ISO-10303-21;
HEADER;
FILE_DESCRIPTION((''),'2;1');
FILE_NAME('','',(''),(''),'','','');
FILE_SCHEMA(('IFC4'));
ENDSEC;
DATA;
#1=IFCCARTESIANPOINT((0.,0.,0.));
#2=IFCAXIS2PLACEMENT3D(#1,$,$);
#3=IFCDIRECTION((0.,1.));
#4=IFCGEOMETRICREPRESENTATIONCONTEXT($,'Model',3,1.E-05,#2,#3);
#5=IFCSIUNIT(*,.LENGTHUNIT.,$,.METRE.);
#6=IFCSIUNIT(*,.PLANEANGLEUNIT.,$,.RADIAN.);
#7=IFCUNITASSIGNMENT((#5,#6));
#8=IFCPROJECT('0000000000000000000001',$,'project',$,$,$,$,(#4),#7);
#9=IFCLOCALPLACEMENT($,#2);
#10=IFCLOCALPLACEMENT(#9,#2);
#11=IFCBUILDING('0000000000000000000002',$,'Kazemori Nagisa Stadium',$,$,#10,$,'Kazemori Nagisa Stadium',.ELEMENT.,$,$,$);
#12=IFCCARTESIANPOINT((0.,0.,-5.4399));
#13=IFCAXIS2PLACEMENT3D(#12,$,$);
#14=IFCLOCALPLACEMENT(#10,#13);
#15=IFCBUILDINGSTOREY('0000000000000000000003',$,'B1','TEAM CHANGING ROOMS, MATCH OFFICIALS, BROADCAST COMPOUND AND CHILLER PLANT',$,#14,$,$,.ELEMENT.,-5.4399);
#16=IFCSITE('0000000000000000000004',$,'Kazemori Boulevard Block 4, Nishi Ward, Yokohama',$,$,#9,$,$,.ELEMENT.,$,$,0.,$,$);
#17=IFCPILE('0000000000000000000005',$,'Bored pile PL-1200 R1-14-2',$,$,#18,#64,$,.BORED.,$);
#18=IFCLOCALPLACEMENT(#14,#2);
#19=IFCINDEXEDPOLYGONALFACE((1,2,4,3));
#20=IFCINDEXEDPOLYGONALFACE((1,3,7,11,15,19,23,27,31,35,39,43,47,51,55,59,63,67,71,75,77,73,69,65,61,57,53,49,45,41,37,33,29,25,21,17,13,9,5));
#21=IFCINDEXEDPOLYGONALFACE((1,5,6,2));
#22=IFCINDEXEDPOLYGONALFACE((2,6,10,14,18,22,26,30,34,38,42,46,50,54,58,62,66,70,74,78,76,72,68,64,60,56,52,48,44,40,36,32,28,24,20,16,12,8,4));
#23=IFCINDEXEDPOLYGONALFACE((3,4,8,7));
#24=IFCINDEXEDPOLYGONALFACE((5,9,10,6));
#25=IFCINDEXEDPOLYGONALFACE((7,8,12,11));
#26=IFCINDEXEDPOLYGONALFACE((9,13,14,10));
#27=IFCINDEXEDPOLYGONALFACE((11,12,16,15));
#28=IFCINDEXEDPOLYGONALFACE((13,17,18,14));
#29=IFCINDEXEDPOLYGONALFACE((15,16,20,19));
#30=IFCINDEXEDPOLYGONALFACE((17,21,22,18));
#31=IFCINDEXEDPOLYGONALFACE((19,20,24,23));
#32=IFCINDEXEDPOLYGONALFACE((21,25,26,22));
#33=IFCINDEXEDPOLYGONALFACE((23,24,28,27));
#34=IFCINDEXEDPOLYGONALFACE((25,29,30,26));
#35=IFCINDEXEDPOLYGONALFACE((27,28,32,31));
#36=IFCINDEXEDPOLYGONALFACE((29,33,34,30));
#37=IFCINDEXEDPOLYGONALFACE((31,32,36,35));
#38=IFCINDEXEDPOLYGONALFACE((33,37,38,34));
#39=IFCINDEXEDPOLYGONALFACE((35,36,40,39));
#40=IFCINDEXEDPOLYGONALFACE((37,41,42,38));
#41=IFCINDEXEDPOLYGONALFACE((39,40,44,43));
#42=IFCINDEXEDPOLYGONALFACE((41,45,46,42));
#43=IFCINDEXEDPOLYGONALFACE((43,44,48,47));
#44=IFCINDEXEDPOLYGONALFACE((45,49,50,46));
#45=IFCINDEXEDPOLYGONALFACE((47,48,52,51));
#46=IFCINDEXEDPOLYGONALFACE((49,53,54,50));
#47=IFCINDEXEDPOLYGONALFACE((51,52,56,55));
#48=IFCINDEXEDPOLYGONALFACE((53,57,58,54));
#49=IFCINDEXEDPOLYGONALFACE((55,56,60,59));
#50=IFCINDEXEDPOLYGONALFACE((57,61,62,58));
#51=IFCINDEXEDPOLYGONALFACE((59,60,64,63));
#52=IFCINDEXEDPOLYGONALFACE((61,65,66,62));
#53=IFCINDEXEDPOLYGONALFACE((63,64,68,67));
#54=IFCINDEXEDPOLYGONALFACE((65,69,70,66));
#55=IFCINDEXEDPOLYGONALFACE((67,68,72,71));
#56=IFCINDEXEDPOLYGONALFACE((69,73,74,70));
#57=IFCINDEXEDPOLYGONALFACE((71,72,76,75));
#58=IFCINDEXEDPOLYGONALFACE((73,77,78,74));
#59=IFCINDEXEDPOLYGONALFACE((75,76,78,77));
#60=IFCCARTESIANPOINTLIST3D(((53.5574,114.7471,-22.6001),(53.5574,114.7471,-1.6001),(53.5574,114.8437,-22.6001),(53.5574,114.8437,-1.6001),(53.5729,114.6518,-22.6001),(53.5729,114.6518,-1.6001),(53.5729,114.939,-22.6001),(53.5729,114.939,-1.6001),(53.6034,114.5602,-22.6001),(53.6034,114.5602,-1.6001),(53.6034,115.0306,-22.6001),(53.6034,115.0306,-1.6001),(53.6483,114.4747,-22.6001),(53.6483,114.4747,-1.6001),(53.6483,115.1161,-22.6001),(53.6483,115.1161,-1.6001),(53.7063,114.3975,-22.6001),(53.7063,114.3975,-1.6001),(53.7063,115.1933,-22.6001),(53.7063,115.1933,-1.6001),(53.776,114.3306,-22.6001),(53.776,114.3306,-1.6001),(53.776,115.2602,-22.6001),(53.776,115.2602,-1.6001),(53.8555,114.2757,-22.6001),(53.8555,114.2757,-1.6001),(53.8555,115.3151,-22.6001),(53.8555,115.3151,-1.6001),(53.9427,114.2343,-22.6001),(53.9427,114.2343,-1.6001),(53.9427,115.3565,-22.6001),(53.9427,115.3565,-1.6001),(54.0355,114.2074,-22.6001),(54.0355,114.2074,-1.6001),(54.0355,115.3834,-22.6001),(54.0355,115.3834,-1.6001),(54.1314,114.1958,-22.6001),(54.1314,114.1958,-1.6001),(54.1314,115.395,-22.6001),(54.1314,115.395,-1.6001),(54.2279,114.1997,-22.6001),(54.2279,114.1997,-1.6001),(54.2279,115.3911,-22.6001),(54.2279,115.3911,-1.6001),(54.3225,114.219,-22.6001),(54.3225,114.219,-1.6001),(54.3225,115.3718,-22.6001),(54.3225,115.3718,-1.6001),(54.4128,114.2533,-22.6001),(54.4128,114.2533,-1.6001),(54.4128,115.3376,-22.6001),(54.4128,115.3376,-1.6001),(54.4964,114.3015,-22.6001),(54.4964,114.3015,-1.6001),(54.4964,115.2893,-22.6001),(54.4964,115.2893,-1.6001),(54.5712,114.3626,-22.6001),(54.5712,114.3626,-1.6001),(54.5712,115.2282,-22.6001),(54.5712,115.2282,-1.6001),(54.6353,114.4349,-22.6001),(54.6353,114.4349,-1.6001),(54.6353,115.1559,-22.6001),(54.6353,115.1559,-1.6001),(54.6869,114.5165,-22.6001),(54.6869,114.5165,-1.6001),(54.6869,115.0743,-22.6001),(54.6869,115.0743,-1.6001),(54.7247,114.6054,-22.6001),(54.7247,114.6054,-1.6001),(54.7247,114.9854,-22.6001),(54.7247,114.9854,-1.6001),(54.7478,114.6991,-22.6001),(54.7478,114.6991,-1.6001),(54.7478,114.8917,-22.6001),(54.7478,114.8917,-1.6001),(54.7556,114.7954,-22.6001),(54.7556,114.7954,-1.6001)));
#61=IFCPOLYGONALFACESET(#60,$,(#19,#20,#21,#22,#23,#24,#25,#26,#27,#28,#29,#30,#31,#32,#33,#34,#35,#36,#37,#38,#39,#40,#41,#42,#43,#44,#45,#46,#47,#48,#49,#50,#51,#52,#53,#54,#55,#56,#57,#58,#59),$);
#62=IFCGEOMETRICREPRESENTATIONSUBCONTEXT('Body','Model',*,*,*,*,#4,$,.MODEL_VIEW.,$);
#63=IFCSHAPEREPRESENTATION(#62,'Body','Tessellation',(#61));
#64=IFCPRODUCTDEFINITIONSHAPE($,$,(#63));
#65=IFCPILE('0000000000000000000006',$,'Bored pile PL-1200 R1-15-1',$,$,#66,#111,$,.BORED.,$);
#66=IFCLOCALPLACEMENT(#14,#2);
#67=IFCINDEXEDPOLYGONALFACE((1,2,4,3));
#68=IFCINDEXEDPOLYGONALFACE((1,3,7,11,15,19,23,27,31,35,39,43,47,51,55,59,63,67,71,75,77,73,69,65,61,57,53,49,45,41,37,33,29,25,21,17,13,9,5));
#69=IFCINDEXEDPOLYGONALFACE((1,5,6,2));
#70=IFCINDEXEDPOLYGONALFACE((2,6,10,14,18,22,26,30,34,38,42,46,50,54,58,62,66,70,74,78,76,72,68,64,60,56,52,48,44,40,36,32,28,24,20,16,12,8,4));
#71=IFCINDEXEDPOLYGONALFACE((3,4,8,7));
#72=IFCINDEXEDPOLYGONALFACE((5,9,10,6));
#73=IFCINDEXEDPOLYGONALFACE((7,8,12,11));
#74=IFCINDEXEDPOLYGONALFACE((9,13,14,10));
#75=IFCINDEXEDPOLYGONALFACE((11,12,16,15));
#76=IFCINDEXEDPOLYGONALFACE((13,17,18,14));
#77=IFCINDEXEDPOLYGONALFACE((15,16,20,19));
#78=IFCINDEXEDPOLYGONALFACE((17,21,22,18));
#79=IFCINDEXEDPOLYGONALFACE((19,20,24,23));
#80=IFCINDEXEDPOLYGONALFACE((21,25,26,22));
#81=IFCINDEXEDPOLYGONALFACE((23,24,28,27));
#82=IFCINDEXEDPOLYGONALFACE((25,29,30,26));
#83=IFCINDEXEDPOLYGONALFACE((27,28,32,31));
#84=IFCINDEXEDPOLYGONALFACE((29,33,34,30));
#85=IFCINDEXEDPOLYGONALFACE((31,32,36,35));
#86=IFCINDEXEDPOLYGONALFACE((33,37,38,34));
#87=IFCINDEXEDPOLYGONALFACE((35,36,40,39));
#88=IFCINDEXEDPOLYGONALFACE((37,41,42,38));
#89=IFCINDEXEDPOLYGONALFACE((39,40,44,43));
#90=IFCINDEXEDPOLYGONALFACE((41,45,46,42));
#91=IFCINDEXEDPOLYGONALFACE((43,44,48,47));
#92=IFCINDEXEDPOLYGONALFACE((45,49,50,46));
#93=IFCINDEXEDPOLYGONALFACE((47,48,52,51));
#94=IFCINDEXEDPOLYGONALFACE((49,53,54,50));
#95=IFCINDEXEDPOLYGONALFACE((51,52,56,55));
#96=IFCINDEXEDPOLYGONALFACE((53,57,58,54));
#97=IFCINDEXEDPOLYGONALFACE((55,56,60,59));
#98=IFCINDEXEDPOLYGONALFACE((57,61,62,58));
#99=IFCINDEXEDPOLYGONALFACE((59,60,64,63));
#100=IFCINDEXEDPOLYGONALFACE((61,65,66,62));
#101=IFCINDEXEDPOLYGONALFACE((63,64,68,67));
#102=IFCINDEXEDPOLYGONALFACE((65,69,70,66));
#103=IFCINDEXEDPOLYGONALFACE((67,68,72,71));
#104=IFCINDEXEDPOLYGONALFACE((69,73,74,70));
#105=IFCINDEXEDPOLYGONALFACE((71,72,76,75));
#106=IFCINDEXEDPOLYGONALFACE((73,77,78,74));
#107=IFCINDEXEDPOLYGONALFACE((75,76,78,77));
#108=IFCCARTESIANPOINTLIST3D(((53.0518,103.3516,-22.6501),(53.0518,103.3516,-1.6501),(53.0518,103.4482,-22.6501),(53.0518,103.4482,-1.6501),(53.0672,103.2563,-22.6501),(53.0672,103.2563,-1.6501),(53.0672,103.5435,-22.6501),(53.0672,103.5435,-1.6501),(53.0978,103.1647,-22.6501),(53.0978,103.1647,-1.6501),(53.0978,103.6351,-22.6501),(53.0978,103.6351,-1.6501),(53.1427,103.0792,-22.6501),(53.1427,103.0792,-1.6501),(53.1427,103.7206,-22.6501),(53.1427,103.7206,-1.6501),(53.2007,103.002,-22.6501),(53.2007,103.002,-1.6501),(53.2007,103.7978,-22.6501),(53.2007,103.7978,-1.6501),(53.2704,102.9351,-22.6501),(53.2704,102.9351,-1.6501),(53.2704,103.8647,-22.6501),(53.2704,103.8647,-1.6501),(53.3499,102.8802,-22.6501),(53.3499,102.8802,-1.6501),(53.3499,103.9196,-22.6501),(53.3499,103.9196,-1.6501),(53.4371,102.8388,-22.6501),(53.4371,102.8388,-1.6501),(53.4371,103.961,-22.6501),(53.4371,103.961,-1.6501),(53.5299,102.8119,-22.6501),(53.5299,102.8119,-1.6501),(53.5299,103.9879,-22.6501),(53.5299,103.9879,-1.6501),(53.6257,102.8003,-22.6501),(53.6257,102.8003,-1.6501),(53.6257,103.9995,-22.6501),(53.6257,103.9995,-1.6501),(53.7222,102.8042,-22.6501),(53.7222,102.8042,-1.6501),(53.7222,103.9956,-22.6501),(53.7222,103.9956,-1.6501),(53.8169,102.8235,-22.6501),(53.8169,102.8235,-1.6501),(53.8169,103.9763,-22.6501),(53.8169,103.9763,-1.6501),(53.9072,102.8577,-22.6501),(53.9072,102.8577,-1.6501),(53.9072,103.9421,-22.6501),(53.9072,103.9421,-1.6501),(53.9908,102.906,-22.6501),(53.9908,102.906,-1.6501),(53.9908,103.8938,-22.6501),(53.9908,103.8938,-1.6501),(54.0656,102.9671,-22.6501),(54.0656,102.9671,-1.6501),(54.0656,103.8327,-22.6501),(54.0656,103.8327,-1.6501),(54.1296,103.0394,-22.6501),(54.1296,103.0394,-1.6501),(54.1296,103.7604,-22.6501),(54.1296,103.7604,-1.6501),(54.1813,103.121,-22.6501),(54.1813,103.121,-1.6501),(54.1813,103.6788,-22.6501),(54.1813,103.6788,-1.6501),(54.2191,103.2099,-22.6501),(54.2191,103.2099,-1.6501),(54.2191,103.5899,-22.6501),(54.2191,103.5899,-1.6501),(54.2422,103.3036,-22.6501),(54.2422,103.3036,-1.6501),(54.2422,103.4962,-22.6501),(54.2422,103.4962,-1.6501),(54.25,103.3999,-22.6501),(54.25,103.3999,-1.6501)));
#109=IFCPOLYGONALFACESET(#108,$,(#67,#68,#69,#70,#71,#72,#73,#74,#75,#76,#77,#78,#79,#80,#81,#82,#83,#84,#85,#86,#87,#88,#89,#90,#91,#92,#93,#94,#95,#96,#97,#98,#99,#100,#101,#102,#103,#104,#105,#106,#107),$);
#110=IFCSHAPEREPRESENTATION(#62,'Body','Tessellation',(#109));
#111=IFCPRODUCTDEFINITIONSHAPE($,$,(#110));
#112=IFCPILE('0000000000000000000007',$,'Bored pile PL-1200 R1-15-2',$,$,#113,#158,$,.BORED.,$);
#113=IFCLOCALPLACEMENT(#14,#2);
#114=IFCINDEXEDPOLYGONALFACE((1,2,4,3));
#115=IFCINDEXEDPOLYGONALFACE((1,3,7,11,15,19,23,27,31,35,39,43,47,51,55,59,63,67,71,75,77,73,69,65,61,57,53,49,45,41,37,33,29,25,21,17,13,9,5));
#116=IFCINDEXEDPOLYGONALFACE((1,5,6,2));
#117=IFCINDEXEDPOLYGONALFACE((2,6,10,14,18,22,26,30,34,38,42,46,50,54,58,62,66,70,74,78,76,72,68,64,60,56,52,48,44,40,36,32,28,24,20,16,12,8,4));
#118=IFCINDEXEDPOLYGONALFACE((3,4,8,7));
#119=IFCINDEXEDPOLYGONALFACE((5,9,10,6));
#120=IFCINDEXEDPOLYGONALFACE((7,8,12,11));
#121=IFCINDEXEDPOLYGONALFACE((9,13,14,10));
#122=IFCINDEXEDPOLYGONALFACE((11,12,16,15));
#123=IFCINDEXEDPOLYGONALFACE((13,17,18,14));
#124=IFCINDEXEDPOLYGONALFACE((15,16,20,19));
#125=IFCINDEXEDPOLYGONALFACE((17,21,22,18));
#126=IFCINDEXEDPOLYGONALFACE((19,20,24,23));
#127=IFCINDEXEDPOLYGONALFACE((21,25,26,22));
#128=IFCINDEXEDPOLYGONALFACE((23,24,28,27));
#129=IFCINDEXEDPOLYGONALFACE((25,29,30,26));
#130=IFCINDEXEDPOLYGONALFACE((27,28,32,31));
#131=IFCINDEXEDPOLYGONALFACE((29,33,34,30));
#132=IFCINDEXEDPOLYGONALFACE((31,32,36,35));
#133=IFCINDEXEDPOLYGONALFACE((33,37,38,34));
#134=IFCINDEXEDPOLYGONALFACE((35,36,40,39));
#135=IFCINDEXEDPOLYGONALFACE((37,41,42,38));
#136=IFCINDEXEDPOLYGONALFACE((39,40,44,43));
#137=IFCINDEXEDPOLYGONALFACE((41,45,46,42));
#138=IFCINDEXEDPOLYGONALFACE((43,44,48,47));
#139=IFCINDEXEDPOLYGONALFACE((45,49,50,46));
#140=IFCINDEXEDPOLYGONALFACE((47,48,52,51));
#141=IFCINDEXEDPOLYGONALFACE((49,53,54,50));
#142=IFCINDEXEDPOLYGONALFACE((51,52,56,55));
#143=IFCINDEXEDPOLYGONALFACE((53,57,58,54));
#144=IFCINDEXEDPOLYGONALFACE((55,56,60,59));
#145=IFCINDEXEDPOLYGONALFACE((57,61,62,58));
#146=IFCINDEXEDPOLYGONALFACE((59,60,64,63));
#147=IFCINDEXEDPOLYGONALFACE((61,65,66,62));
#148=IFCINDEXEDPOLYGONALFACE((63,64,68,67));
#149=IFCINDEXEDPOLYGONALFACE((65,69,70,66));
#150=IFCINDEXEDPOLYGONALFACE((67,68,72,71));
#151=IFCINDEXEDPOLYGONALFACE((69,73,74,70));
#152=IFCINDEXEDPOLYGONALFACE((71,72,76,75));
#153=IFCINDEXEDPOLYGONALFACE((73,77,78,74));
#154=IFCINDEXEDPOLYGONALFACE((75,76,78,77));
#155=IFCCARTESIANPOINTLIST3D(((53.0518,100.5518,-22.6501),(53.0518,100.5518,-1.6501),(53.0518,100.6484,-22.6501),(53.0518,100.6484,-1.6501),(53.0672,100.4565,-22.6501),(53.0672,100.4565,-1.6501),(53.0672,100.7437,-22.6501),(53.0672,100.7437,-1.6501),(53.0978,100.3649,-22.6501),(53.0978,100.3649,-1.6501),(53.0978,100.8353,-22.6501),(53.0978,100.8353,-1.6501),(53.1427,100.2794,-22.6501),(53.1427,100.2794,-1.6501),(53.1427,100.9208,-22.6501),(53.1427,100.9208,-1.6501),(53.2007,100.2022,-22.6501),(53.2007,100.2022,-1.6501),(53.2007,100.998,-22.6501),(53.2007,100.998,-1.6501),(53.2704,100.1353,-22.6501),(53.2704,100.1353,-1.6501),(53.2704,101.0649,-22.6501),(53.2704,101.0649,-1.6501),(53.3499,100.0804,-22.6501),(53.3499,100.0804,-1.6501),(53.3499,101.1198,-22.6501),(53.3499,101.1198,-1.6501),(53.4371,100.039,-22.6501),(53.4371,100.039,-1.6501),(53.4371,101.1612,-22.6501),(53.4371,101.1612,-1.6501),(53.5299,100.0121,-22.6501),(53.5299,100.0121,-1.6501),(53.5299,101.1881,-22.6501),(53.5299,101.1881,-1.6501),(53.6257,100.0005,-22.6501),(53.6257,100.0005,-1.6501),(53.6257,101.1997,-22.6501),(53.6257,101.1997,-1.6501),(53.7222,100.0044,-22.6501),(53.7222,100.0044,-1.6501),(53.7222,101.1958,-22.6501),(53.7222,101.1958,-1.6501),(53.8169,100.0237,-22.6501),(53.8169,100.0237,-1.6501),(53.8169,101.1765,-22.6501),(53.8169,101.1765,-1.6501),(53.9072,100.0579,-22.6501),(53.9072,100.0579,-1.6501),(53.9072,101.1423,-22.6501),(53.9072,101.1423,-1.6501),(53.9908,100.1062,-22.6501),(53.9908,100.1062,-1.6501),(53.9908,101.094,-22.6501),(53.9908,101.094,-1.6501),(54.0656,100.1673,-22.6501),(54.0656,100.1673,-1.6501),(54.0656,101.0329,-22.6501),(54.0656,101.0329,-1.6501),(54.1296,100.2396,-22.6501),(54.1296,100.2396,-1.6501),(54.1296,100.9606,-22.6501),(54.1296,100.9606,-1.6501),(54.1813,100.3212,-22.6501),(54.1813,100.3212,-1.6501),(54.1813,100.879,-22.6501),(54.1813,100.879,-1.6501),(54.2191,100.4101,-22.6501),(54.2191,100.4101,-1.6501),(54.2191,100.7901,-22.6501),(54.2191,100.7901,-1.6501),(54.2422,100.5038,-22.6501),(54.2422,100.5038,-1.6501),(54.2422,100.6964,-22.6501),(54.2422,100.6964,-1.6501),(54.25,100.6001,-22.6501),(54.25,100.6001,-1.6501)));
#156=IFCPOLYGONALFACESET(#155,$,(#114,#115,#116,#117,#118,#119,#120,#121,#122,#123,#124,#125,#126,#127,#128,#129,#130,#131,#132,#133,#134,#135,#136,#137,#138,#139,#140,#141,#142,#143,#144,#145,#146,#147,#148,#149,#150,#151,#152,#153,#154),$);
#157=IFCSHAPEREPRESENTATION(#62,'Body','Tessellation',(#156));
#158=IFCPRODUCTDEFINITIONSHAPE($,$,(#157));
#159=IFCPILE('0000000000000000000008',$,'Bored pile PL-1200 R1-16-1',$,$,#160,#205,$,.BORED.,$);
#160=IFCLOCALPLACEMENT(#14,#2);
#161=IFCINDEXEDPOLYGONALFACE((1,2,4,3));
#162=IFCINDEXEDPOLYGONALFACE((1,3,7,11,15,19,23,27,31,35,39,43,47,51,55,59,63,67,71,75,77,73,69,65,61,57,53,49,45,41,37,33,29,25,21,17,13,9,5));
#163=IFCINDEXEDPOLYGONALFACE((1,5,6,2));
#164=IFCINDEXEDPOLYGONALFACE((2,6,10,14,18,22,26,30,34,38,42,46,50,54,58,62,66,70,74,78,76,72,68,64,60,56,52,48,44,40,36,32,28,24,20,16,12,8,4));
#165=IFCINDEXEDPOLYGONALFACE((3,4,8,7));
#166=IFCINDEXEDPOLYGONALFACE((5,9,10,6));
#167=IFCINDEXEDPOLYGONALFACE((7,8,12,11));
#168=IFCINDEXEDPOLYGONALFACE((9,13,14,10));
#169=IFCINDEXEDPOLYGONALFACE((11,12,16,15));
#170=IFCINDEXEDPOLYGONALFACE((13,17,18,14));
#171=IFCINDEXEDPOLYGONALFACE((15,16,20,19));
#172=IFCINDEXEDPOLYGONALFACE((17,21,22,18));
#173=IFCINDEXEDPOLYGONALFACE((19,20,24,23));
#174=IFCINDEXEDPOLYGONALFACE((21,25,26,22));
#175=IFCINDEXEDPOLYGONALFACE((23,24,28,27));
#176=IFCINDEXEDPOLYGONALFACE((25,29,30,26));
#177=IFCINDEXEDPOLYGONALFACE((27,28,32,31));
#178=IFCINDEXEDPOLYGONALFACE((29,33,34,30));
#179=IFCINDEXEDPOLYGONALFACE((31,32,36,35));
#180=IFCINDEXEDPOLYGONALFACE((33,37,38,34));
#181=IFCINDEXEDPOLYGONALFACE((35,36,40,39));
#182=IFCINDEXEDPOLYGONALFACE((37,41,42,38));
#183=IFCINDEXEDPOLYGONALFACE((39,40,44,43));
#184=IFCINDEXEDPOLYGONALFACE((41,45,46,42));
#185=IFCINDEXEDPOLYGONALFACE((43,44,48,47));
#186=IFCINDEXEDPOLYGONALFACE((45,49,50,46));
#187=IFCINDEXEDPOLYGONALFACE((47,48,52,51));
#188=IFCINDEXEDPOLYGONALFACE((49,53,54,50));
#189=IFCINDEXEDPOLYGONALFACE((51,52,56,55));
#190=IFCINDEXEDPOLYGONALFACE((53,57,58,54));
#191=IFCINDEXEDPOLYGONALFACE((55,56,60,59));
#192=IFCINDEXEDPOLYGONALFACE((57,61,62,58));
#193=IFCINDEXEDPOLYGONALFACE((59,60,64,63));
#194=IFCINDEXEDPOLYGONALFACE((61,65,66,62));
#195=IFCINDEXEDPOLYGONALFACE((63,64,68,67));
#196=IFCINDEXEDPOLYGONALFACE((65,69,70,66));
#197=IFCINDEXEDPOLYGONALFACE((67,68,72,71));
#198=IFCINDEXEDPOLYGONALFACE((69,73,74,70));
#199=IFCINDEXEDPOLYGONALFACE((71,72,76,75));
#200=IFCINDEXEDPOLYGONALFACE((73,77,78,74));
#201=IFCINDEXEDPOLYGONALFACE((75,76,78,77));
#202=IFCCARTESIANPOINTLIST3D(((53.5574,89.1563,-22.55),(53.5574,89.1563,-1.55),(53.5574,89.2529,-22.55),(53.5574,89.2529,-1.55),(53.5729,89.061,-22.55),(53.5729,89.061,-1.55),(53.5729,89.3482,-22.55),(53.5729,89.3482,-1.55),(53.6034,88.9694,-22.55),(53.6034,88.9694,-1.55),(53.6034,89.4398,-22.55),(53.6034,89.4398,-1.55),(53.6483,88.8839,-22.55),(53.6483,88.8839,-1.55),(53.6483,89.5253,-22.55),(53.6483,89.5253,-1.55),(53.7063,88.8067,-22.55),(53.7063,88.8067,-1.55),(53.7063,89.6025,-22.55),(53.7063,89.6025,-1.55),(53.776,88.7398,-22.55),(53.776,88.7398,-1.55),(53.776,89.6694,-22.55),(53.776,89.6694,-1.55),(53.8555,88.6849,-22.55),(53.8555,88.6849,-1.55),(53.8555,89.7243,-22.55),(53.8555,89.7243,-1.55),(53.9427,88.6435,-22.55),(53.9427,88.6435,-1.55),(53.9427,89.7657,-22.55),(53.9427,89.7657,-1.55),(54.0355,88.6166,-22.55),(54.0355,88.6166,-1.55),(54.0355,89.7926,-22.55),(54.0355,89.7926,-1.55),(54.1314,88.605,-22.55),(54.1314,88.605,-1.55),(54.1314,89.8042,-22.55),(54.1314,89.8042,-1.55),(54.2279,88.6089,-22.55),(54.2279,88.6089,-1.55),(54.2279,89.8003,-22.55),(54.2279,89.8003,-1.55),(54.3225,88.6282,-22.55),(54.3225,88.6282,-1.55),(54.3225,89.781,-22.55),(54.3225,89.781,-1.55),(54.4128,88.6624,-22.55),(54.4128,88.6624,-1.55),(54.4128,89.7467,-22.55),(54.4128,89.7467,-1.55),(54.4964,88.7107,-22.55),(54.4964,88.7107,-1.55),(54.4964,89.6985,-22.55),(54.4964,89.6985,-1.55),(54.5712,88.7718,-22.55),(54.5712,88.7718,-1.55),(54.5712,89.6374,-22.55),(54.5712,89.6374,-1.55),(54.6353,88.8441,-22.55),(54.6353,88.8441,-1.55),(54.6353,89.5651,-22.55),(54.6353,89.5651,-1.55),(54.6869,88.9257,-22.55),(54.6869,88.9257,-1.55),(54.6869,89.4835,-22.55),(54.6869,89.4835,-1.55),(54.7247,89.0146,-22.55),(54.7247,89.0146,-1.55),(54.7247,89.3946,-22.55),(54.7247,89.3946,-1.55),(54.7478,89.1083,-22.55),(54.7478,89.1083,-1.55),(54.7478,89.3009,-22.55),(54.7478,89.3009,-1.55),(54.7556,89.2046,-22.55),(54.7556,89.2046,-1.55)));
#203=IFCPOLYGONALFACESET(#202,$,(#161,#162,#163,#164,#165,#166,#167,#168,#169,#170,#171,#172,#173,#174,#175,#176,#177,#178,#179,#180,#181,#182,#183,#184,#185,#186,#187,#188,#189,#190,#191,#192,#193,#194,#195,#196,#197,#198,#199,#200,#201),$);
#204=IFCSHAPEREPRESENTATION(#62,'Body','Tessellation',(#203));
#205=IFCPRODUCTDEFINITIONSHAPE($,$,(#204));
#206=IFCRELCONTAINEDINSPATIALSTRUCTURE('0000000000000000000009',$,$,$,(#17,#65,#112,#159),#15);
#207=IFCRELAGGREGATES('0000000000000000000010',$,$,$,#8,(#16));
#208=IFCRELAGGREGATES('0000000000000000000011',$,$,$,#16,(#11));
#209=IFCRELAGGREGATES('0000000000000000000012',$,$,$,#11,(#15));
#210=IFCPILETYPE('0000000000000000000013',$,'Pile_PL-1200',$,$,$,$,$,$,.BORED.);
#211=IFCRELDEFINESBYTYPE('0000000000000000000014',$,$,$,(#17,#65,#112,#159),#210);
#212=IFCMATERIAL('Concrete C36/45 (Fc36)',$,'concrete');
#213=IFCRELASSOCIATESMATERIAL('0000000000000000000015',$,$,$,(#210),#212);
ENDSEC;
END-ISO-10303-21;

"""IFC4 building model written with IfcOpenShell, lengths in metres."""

from ifc_helpers import new_model, si_unit, direction, frame, origin, origin_2d, place, context, subcontext, project, spatial, circle, extrude, material, material_profile, profile_set, type_object, element, save


model = new_model("IFC4")

# Units and contexts
model_context = context("Model", 3, precision=1e-05, world=origin(), true_north=direction((0.0, 1.0)))
body_context = subcontext(model_context, "Body", "Model", "MODEL_VIEW")
ifc_project = project(units=[si_unit("LENGTHUNIT", "METRE"), si_unit("PLANEANGLEUNIT", "RADIAN")], contexts=[model_context])

# Site, building, storey
site_placement = place(None, origin())
site = spatial("IfcSite", under=ifc_project, at=site_placement, Name="Kazemori Boulevard Block 4, Nishi Ward, Yokohama", CompositionType="ELEMENT", RefElevation=0.0)
building_placement = place(site_placement, origin())
building = spatial("IfcBuilding", under=site, at=building_placement, Name="Kazemori Nagisa Stadium", LongName="Kazemori Nagisa Stadium", CompositionType="ELEMENT")
storey_placement = place(building_placement, frame((0.0, 0.0, -5.4399)))
storey = spatial("IfcBuildingStorey", under=building, at=storey_placement, Name="B1", Description="TEAM CHANGING ROOMS, MATCH OFFICIALS, BROADCAST COMPOUND AND CHILLER PLANT", CompositionType="ELEMENT", Elevation=-5.4399)

# Piles
ifc_material_1 = material(Name="Concrete C36/45 (Fc36)", Category="concrete")
ifc_material_profile_1 = material_profile(ifc_material_1, circle(Radius=0.6001, at=origin_2d()), Name="PILE-D1200")
ifc_profile_set_1 = profile_set([ifc_material_profile_1], Name="Concrete C36/45 (Fc36)")
pile_type = type_object("IfcPileType", Name="Pile_PL-1200", PredefinedType="BORED", material=ifc_profile_set_1)
for number, where, z_axis, x_axis, name in (
    (1, (54.1555, 114.7954, -1.6001), (0.0, 0.0, -1.0), (1.0, 0.0, 0.0), "Bored pile PL-1200 R1-14-2"),
    (2, (53.6499, 103.3999, -1.6501), (0.0, 0.0, -1.0), (1.0, 0.0, 0.0), "Bored pile PL-1200 R1-15-1"),
    (3, (53.6499, 100.6001, -1.6501), (0.0, 0.0, -1.0), (1.0, 0.0, 0.0), "Bored pile PL-1200 R1-15-2"),
    (4, (54.1555, 89.2046, -1.55), (0.0, 0.0, -1.0), (1.0, 0.0, 0.0), "Bored pile PL-1200 R1-16-1"),
):
    element("IfcPile", number, at=place(storey_placement, frame(where, z_axis=z_axis, x_axis=x_axis)), inside=storey, type_object=pile_type, Name=name, PredefinedType="BORED", context=body_context, shape_type="SweptSolid", body=[
        extrude(circle(Radius=0.6001, at=origin_2d()), origin(), (0.0, 0.0, 1.0), 21.0),
    ])

save(model, "model.ifc")
